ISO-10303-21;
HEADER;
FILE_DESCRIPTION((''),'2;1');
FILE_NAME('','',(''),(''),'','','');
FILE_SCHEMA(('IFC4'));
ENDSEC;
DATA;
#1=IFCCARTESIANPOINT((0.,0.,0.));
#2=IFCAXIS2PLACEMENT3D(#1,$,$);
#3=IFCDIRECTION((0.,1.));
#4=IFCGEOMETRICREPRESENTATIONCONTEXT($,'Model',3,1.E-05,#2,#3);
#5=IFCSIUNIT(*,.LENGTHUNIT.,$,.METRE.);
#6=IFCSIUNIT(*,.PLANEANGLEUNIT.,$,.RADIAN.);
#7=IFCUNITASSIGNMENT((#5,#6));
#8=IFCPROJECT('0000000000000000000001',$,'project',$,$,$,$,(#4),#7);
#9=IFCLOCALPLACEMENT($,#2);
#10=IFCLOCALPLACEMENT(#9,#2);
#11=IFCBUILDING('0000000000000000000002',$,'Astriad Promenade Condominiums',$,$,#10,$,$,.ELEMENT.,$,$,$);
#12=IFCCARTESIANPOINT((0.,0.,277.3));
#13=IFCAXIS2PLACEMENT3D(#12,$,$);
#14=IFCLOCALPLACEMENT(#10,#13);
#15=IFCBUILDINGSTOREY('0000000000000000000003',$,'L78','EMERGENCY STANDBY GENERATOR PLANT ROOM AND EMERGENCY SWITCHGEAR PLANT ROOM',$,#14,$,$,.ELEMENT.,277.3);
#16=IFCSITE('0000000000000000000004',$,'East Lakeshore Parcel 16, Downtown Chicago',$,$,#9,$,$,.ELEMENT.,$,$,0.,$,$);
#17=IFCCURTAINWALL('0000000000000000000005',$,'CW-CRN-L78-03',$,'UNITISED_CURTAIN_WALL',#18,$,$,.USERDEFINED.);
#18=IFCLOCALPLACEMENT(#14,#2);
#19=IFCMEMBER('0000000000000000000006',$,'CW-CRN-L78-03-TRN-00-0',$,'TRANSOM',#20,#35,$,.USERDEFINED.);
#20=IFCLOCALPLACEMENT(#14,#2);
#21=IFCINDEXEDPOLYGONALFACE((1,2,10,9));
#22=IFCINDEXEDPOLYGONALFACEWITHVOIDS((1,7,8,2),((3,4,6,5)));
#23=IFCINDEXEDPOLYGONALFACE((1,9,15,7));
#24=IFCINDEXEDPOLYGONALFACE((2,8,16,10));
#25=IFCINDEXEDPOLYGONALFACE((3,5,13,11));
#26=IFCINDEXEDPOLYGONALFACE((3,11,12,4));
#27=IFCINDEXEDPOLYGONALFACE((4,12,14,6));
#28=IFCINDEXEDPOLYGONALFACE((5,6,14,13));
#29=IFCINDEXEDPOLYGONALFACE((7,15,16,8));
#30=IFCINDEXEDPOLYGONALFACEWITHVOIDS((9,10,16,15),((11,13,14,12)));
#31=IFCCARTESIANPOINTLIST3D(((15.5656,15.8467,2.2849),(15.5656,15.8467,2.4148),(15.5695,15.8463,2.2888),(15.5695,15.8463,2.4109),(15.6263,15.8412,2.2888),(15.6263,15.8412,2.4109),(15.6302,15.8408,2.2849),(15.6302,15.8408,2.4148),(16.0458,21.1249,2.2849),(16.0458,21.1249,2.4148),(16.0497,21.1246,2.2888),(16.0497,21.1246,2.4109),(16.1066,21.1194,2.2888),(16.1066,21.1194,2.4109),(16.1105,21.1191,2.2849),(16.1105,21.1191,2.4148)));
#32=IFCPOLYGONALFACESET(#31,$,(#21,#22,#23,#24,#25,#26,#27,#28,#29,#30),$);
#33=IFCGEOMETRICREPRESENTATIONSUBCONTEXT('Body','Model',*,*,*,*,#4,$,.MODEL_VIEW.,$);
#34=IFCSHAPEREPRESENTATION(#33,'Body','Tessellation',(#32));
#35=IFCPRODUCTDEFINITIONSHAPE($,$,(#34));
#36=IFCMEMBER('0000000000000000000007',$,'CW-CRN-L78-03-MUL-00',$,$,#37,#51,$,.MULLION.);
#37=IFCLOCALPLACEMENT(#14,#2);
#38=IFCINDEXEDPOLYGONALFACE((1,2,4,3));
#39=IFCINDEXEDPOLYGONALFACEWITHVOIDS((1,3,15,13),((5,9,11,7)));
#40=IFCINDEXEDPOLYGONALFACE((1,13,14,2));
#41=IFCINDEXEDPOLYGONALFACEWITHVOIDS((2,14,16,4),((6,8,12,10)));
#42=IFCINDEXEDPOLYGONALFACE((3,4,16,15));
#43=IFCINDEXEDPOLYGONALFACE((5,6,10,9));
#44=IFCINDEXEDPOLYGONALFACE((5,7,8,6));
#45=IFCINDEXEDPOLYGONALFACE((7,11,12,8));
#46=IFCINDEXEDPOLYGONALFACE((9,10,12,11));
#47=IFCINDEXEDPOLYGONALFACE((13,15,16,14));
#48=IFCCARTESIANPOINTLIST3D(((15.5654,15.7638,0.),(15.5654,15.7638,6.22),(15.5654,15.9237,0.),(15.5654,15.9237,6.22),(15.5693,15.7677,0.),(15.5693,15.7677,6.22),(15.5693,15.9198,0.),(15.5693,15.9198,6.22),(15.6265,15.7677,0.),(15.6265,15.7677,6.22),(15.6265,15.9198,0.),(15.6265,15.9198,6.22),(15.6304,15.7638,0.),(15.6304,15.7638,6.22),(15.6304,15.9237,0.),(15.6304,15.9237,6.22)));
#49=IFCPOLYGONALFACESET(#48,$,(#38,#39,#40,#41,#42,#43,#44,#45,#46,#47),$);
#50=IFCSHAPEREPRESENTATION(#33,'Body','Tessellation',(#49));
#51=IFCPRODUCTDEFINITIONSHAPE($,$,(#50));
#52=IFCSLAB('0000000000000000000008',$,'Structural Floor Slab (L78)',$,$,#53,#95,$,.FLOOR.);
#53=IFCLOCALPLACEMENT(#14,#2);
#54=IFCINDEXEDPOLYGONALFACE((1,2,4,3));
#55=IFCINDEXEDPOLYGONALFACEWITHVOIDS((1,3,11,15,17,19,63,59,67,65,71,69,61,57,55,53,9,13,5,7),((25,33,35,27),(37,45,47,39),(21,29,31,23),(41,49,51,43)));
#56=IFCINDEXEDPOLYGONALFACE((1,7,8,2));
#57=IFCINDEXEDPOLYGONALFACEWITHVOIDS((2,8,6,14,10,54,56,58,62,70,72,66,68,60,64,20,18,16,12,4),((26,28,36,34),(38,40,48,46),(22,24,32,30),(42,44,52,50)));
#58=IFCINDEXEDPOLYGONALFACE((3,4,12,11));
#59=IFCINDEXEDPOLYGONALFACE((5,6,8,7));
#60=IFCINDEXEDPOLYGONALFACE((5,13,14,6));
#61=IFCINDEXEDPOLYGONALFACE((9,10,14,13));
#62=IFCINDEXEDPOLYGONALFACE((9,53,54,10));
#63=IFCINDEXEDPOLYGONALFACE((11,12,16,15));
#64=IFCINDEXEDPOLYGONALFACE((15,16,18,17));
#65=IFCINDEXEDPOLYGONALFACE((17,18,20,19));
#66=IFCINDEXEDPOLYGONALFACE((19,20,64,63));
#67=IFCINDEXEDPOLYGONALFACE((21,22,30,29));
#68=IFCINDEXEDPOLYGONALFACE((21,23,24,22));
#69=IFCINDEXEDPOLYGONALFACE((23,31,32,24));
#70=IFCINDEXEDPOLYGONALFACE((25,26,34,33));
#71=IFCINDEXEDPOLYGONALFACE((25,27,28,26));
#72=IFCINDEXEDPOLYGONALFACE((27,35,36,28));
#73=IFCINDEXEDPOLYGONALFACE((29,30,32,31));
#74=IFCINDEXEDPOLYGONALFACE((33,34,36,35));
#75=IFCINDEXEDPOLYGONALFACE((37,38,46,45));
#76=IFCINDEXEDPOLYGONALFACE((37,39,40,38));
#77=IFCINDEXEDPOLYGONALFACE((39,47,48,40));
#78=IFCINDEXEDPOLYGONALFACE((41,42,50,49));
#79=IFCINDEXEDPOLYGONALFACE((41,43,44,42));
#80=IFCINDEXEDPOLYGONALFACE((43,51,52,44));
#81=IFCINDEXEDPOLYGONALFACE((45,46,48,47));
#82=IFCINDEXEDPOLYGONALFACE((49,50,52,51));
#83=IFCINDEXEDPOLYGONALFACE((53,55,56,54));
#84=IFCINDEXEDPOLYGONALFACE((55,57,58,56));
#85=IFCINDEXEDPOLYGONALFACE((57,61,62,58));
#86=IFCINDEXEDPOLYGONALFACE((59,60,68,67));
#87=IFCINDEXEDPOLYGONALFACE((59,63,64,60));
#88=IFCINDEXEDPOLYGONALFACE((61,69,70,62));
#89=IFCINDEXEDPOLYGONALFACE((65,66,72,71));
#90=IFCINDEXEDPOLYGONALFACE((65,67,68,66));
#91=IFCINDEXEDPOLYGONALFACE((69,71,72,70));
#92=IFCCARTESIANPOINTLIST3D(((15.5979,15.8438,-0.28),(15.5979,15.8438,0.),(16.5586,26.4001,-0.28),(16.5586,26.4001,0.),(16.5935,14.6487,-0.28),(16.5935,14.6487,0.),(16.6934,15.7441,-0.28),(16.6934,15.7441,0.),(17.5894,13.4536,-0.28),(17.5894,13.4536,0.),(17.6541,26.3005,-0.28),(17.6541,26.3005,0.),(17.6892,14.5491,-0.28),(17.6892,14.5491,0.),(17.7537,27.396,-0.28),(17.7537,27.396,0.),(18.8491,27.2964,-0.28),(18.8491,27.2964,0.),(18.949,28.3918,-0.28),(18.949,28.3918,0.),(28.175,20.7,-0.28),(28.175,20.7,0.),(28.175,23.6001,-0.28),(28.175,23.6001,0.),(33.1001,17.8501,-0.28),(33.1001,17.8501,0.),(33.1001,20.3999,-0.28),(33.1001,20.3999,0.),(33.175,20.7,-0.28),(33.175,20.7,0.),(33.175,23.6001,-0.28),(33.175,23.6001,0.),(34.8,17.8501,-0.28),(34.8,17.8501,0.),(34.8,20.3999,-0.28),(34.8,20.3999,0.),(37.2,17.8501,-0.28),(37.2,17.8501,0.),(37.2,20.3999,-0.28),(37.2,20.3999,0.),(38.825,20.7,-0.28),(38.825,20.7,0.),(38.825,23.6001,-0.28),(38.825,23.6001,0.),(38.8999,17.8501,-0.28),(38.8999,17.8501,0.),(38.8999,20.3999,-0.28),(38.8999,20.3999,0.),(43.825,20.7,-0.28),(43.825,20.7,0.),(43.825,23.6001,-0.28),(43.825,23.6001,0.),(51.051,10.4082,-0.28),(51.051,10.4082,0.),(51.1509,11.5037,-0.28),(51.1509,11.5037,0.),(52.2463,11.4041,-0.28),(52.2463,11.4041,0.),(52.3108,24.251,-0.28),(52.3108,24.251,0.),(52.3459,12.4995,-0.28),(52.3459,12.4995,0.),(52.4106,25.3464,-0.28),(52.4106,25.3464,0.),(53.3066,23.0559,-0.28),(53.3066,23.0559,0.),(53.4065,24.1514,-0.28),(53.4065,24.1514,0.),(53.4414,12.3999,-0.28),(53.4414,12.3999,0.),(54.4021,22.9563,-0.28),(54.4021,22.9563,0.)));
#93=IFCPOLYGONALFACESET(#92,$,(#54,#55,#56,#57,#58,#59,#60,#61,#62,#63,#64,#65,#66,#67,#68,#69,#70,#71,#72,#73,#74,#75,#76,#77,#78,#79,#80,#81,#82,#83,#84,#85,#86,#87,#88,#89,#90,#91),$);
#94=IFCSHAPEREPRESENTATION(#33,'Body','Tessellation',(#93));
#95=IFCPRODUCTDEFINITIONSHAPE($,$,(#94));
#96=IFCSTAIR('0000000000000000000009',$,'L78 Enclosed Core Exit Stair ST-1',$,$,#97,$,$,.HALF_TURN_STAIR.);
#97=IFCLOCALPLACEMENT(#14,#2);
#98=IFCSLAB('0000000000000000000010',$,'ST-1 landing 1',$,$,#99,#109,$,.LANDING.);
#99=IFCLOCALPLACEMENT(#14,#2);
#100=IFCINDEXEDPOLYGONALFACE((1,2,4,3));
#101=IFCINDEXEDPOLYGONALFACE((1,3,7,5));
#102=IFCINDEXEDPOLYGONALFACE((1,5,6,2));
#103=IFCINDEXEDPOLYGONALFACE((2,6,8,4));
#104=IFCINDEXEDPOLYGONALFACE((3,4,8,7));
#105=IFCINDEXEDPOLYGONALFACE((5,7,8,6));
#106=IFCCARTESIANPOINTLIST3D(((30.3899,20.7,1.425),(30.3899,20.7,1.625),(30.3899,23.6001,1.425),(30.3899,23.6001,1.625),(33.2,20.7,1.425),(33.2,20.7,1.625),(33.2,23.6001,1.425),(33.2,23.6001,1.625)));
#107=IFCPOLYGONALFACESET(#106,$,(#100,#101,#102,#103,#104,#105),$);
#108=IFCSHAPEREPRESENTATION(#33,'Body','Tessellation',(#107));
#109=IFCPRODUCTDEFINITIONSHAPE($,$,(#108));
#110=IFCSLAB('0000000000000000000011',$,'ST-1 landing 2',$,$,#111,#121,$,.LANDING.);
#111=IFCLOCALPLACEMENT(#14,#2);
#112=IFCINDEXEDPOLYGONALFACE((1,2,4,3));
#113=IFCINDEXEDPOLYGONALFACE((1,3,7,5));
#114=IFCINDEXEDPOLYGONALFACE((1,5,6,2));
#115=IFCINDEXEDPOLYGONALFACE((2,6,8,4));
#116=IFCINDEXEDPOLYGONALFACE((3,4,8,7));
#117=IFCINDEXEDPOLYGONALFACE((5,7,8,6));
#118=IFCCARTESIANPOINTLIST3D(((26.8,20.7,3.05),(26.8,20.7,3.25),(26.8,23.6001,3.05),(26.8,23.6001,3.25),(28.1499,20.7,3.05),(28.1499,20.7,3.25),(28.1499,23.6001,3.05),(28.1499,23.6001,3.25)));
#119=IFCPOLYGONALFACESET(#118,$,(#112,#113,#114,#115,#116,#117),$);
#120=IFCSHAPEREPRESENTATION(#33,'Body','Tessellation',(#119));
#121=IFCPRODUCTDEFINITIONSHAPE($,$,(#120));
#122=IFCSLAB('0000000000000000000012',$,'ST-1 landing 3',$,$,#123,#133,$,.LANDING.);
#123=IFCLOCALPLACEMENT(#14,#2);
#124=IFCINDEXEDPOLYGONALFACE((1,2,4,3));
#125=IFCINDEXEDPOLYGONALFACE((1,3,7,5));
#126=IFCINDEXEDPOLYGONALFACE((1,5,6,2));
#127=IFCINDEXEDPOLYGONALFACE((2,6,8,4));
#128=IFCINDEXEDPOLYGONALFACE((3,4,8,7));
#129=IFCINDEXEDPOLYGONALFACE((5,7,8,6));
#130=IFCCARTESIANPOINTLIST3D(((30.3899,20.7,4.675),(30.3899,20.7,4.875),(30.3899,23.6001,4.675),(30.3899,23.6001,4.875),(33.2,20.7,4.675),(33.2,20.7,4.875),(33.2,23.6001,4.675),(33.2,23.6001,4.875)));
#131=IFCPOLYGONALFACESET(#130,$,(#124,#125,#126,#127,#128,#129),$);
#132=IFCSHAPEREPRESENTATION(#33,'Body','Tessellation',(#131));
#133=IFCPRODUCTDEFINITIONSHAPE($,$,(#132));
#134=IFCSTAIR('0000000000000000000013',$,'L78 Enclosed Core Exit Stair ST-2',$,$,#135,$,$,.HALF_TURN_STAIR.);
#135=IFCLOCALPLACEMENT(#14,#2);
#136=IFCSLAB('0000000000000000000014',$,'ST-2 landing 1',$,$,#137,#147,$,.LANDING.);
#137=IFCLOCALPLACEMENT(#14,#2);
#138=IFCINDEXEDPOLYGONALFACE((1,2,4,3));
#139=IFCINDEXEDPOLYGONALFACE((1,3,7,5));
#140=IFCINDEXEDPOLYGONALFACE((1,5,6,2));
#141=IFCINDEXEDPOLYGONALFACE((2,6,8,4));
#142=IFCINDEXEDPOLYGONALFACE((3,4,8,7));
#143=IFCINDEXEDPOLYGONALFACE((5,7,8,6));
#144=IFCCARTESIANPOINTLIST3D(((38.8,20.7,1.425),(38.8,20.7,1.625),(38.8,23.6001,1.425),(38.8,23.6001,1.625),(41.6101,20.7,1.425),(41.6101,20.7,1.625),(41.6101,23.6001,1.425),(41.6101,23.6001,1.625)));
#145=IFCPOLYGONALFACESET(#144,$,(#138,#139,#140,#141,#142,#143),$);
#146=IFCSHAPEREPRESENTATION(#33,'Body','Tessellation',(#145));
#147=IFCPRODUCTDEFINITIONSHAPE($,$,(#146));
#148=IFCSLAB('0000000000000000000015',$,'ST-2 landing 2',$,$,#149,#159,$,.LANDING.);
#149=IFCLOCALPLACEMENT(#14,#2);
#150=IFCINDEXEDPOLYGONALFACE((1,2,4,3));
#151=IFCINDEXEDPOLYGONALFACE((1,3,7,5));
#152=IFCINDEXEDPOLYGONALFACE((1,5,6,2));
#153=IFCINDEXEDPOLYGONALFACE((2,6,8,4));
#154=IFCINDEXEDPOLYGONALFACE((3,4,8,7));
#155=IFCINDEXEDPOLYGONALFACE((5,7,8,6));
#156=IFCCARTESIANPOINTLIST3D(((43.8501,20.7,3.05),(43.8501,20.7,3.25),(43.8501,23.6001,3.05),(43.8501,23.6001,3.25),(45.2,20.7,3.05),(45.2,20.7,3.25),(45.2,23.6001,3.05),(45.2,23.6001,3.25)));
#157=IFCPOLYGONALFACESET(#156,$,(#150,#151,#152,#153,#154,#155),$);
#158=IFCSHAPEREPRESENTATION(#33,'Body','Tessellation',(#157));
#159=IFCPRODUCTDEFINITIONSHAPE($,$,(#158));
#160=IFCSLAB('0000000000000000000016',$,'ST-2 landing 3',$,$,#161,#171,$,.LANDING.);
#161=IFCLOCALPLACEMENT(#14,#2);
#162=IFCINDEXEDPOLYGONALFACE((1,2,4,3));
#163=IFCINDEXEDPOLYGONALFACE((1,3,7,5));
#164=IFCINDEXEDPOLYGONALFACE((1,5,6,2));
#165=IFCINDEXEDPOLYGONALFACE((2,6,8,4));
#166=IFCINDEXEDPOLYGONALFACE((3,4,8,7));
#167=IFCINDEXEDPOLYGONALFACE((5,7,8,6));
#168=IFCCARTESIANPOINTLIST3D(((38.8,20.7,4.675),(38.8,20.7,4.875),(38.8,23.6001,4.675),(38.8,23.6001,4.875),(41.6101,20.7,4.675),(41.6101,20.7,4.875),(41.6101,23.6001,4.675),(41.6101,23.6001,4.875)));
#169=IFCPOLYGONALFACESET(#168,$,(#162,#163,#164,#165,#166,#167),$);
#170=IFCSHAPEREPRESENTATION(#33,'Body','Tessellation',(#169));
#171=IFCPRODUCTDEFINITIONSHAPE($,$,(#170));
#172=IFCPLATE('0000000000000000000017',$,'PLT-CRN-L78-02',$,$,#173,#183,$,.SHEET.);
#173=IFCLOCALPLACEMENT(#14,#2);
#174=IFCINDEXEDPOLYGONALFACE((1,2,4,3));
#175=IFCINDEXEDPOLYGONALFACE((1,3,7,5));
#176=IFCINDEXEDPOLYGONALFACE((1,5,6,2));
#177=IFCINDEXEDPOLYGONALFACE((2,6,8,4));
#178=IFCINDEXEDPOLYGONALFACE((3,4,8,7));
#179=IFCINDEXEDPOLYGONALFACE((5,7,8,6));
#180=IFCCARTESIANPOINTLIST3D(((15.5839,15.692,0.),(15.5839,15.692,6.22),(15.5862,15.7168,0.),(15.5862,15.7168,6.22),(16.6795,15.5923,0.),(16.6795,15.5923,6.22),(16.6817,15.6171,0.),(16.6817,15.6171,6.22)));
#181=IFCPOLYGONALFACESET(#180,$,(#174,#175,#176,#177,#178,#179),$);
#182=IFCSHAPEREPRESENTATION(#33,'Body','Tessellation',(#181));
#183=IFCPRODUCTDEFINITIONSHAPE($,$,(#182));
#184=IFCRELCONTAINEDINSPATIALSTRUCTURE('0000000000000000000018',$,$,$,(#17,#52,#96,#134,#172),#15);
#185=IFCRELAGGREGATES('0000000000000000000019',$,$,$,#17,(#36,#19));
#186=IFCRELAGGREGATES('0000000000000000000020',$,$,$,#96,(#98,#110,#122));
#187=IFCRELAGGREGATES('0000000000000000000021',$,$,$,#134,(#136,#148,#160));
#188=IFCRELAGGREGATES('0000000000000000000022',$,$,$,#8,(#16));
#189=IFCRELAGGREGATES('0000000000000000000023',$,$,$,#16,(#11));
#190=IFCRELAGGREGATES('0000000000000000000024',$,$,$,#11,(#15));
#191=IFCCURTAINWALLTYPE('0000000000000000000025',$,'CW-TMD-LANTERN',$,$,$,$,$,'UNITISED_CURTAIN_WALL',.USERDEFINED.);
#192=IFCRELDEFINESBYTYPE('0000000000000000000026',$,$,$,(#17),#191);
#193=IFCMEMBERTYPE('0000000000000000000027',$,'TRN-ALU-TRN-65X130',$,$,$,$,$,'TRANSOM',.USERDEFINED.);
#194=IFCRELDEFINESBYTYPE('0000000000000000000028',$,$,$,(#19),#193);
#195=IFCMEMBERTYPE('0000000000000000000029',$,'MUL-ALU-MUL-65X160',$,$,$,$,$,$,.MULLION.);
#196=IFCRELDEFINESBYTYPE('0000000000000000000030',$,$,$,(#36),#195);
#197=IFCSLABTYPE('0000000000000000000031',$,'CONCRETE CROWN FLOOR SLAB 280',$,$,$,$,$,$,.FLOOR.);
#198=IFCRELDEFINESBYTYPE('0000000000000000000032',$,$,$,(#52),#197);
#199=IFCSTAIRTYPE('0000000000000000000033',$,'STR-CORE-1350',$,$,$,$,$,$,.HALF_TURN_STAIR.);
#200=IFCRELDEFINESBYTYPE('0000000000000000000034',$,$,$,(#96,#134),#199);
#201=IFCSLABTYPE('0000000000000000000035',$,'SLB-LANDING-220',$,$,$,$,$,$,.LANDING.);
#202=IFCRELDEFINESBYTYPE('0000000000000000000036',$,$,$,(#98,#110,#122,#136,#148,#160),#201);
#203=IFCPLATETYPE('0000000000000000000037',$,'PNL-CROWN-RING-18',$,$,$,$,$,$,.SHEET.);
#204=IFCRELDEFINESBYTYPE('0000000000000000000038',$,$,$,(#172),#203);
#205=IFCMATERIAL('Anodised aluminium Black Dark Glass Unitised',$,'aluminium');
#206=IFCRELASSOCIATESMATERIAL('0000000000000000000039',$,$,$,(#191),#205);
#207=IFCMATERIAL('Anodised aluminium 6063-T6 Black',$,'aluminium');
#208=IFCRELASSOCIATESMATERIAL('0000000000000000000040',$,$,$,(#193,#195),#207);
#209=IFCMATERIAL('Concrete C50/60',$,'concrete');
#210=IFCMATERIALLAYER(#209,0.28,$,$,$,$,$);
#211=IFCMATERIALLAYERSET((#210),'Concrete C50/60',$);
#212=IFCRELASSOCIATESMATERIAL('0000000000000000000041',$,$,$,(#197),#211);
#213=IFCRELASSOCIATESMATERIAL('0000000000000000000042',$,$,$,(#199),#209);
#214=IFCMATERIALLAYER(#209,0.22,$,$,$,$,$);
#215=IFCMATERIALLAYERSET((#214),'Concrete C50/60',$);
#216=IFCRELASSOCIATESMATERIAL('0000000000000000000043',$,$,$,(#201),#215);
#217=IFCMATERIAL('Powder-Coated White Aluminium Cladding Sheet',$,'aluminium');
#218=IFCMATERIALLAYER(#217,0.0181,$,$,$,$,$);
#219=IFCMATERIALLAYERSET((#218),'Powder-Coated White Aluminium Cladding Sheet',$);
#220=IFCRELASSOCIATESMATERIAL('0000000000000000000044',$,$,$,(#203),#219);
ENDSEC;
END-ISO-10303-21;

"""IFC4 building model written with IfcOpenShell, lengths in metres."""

from ifc_helpers import new_model, si_unit, direction, frame, origin, origin_2d, place, context, subcontext, project, spatial, polyline, rectangle, hollow_rectangle, outline, extrude, source, transform, mapped, material, layer, layer_set, material_profile, profile_set, type_object, type_shapes, element, aggregate, save


model = new_model("IFC4")

# Units and contexts
model_context = context("Model", 3, precision=1e-05, world=origin(), true_north=direction((0.0, 1.0)))
body_context = subcontext(model_context, "Body", "Model", "MODEL_VIEW")
ifc_project = project(units=[si_unit("LENGTHUNIT", "METRE"), si_unit("PLANEANGLEUNIT", "RADIAN")], contexts=[model_context])

# Site, building, storey
site_placement = place(None, origin())
site = spatial("IfcSite", under=ifc_project, at=site_placement, Name="East Lakeshore Parcel 16, Downtown Chicago", CompositionType="ELEMENT", RefElevation=0.0)
building_placement = place(site_placement, origin())
building = spatial("IfcBuilding", under=site, at=building_placement, Name="Astriad Promenade Condominiums", CompositionType="ELEMENT")
storey_placement = place(building_placement, frame((0.0, 0.0, 277.3)))
storey = spatial("IfcBuildingStorey", under=building, at=storey_placement, Name="L78", Description="EMERGENCY STANDBY GENERATOR PLANT ROOM AND EMERGENCY SWITCHGEAR PLANT ROOM", CompositionType="ELEMENT", Elevation=277.3)

# Curtain wall, members
ifc_material_1 = material(Name="Anodised aluminium Black Dark Glass Unitised", Category="aluminium")
curtain_wall_type = type_object("IfcCurtainWallType", Name="CW-TMD-LANTERN", ElementType="UNITISED_CURTAIN_WALL", PredefinedType="USERDEFINED", material=ifc_material_1)
curtain_wall_placement = place(storey_placement, origin())
curtain_wall = element("IfcCurtainWall", 1, at=curtain_wall_placement, inside=storey, type_object=curtain_wall_type, Name="CW-CRN-L78-03", ObjectType="UNITISED_CURTAIN_WALL", PredefinedType="USERDEFINED")
ifc_material_2 = material(Name="Anodised aluminium 6063-T6 Black", Category="aluminium")
ifc_material_profile_1 = material_profile(ifc_material_2, hollow_rectangle(XDim=0.0649, YDim=0.1299, WallThickness=0.0039, at=origin_2d()), Name="ALU-TRN-65X130")
ifc_profile_set_1 = profile_set([ifc_material_profile_1], Name="Anodised aluminium 6063-T6 Black")
member_type_1 = type_object("IfcMemberType", Name="TRN-ALU-TRN-65X130", ElementType="TRANSOM", PredefinedType="USERDEFINED", material=ifc_profile_set_1)
shared_shape_1 = source(origin(), body_context, "Body", "SweptSolid", [
    extrude(hollow_rectangle(XDim=0.0649, YDim=0.1299, WallThickness=0.0039, at=origin_2d()), origin(), (0.0, 0.0, 1.0), 5.3),
])
type_shapes(member_type_1, [shared_shape_1])
member_1_placement = place(storey_placement, frame((15.5979, 15.8438, 2.3499), z_axis=(0.090606, 0.995887, 0.0), x_axis=(-0.995887, 0.090606, 0.0)))
member_1 = element("IfcMember", 2, at=member_1_placement, type_object=member_type_1, Name="CW-CRN-L78-03-TRN-00-0", ObjectType="TRANSOM", PredefinedType="USERDEFINED", context=body_context, shape_type="MappedRepresentation", body=[
    mapped(shared_shape_1, transform((0.0, 0.0, 0.0), scale=1.0)),
])
ifc_material_profile_2 = material_profile(ifc_material_2, hollow_rectangle(XDim=0.0649, YDim=0.1599, WallThickness=0.0039, at=origin_2d()), Name="ALU-MUL-65X160")
ifc_profile_set_2 = profile_set([ifc_material_profile_2], Name="Anodised aluminium 6063-T6 Black")
member_type_2 = type_object("IfcMemberType", Name="MUL-ALU-MUL-65X160", PredefinedType="MULLION", material=ifc_profile_set_2)
shared_shape_2 = source(origin(), body_context, "Body", "SweptSolid", [
    extrude(hollow_rectangle(XDim=0.0649, YDim=0.1599, WallThickness=0.0039, at=origin_2d()), origin(), (0.0, 0.0, 1.0), 6.22),
])
type_shapes(member_type_2, [shared_shape_2])
member_2_placement = place(storey_placement, frame((15.5979, 15.8438, 0.0), z_axis=(0.0, 0.0, 1.0), x_axis=(1.0, 0.0, 0.0)))
member_2 = element("IfcMember", 3, at=member_2_placement, type_object=member_type_2, Name="CW-CRN-L78-03-MUL-00", PredefinedType="MULLION", context=body_context, shape_type="MappedRepresentation", body=[
    mapped(shared_shape_2, transform((0.0, 0.0, 0.0), scale=1.0)),
])
aggregate(curtain_wall, [member_2, member_1])

# Slab
ifc_material_3 = material(Name="Concrete C50/60", Category="concrete")
ifc_layer_1 = layer(ifc_material_3, 0.28)
ifc_layer_set_1 = layer_set([ifc_layer_1], Name="Concrete C50/60")
slab_type_1 = type_object("IfcSlabType", Name="CONCRETE CROWN FLOOR SLAB 280", PredefinedType="FLOOR", material=ifc_layer_set_1)
slab_1_placement = place(storey_placement, frame((0.0, 0.0, -0.28)))
element("IfcSlab", 4, at=slab_1_placement, inside=storey, type_object=slab_type_1, Name="Structural Floor Slab (L78)", PredefinedType="FLOOR", context=body_context, shape_type="SweptSolid", body=[
    extrude(outline(polyline([(17.5894, 13.4536), (51.051, 10.4082), (51.1509, 11.5037), (52.2463, 11.4041), (52.3459, 12.4995), (53.4414, 12.3999), (54.4021, 22.9563), (53.3066, 23.0559), (53.4065, 24.1514), (52.3108, 24.251), (52.4106, 25.3464), (18.949, 28.3918), (18.8491, 27.2964), (17.7537, 27.396), (17.6541, 26.3005), (16.5586, 26.4001), (15.5979, 15.8438), (16.6934, 15.7441), (16.5935, 14.6487), (17.6892, 14.5491), (17.5894, 13.4536)]), holes=[polyline([(28.175, 20.7), (33.175, 20.7), (33.175, 23.6001), (28.175, 23.6001), (28.175, 20.7)]), polyline([(38.825, 20.7), (43.825, 20.7), (43.825, 23.6001), (38.825, 23.6001), (38.825, 20.7)]), polyline([(33.1001, 17.8501), (34.8, 17.8501), (34.8, 20.3999), (33.1001, 20.3999), (33.1001, 17.8501)]), polyline([(37.2, 17.8501), (38.8999, 17.8501), (38.8999, 20.3999), (37.2, 20.3999), (37.2, 17.8501)])]), origin(), (0.0, 0.0, 1.0), 0.28),
])

# Stairs, slabs
stair_type = type_object("IfcStairType", Name="STR-CORE-1350", PredefinedType="HALF_TURN_STAIR", material=ifc_material_3)
stair_1_placement = place(storey_placement, origin())
stair_1 = element("IfcStair", 5, at=stair_1_placement, inside=storey, type_object=stair_type, Name="L78 Enclosed Core Exit Stair ST-1", PredefinedType="HALF_TURN_STAIR")
ifc_layer_2 = layer(ifc_material_3, 0.22)
ifc_layer_set_2 = layer_set([ifc_layer_2], Name="Concrete C50/60")
slab_type_2 = type_object("IfcSlabType", Name="SLB-LANDING-220", PredefinedType="LANDING", material=ifc_layer_set_2)
slab_2_placement = place(storey_placement, frame((0.0, 0.0, 1.425)))
slab_2 = element("IfcSlab", 6, at=slab_2_placement, type_object=slab_type_2, Name="ST-1 landing 1", PredefinedType="LANDING", context=body_context, shape_type="SweptSolid", body=[
    extrude(outline(polyline([(30.3899, 20.7), (33.2, 20.7), (33.2, 23.6001), (30.3899, 23.6001), (30.3899, 20.7)])), origin(), (0.0, 0.0, 1.0), 0.2),
])
slab_3_placement = place(storey_placement, frame((0.0, 0.0, 3.05)))
slab_3 = element("IfcSlab", 7, at=slab_3_placement, type_object=slab_type_2, Name="ST-1 landing 2", PredefinedType="LANDING", context=body_context, shape_type="SweptSolid", body=[
    extrude(outline(polyline([(26.8, 20.7), (28.1499, 20.7), (28.1499, 23.6001), (26.8, 23.6001), (26.8, 20.7)])), origin(), (0.0, 0.0, 1.0), 0.2),
])
slab_4_placement = place(storey_placement, frame((0.0, 0.0, 4.675)))
slab_4 = element("IfcSlab", 8, at=slab_4_placement, type_object=slab_type_2, Name="ST-1 landing 3", PredefinedType="LANDING", context=body_context, shape_type="SweptSolid", body=[
    extrude(outline(polyline([(30.3899, 20.7), (33.2, 20.7), (33.2, 23.6001), (30.3899, 23.6001), (30.3899, 20.7)])), origin(), (0.0, 0.0, 1.0), 0.2),
])
aggregate(stair_1, [slab_2, slab_3, slab_4])
stair_2_placement = place(storey_placement, origin())
stair_2 = element("IfcStair", 9, at=stair_2_placement, inside=storey, type_object=stair_type, Name="L78 Enclosed Core Exit Stair ST-2", PredefinedType="HALF_TURN_STAIR")
slab_5_placement = place(storey_placement, frame((0.0, 0.0, 1.425)))
slab_5 = element("IfcSlab", 10, at=slab_5_placement, type_object=slab_type_2, Name="ST-2 landing 1", PredefinedType="LANDING", context=body_context, shape_type="SweptSolid", body=[
    extrude(outline(polyline([(41.6101, 23.6001), (38.8, 23.6001), (38.8, 20.7), (41.6101, 20.7), (41.6101, 23.6001)])), origin(), (0.0, 0.0, 1.0), 0.2),
])
slab_6_placement = place(storey_placement, frame((0.0, 0.0, 3.05)))
slab_6 = element("IfcSlab", 11, at=slab_6_placement, type_object=slab_type_2, Name="ST-2 landing 2", PredefinedType="LANDING", context=body_context, shape_type="SweptSolid", body=[
    extrude(outline(polyline([(45.2, 23.6001), (43.8501, 23.6001), (43.8501, 20.7), (45.2, 20.7), (45.2, 23.6001)])), origin(), (0.0, 0.0, 1.0), 0.2),
])
slab_7_placement = place(storey_placement, frame((0.0, 0.0, 4.675)))
slab_7 = element("IfcSlab", 12, at=slab_7_placement, type_object=slab_type_2, Name="ST-2 landing 3", PredefinedType="LANDING", context=body_context, shape_type="SweptSolid", body=[
    extrude(outline(polyline([(41.6101, 23.6001), (38.8, 23.6001), (38.8, 20.7), (41.6101, 20.7), (41.6101, 23.6001)])), origin(), (0.0, 0.0, 1.0), 0.2),
])
aggregate(stair_2, [slab_5, slab_6, slab_7])

# Plate
ifc_material_4 = material(Name="Powder-Coated White Aluminium Cladding Sheet", Category="aluminium")
ifc_layer_3 = layer(ifc_material_4, 0.0181)
ifc_layer_set_3 = layer_set([ifc_layer_3], Name="Powder-Coated White Aluminium Cladding Sheet")
plate_type = type_object("IfcPlateType", Name="PNL-CROWN-RING-18", PredefinedType="SHEET", material=ifc_layer_set_3)
shared_shape_3 = source(origin(), body_context, "Body", "SweptSolid", [
    extrude(rectangle(XDim=1.1001, YDim=0.0249, at=origin_2d()), origin(), (0.0, 0.0, 1.0), 6.22),
])
plate_1_placement = place(storey_placement, frame((16.1328, 15.6545, 0.0), z_axis=(0.0, 0.0, 1.0), x_axis=(-0.995884, 0.090633, 0.0)))
element("IfcPlate", 13, at=plate_1_placement, inside=storey, type_object=plate_type, Name="PLT-CRN-L78-02", PredefinedType="SHEET", context=body_context, shape_type="MappedRepresentation", body=[
    mapped(shared_shape_3, transform((0.0, 0.0, 0.0), scale=1.0)),
])

save(model, "model.ifc")
